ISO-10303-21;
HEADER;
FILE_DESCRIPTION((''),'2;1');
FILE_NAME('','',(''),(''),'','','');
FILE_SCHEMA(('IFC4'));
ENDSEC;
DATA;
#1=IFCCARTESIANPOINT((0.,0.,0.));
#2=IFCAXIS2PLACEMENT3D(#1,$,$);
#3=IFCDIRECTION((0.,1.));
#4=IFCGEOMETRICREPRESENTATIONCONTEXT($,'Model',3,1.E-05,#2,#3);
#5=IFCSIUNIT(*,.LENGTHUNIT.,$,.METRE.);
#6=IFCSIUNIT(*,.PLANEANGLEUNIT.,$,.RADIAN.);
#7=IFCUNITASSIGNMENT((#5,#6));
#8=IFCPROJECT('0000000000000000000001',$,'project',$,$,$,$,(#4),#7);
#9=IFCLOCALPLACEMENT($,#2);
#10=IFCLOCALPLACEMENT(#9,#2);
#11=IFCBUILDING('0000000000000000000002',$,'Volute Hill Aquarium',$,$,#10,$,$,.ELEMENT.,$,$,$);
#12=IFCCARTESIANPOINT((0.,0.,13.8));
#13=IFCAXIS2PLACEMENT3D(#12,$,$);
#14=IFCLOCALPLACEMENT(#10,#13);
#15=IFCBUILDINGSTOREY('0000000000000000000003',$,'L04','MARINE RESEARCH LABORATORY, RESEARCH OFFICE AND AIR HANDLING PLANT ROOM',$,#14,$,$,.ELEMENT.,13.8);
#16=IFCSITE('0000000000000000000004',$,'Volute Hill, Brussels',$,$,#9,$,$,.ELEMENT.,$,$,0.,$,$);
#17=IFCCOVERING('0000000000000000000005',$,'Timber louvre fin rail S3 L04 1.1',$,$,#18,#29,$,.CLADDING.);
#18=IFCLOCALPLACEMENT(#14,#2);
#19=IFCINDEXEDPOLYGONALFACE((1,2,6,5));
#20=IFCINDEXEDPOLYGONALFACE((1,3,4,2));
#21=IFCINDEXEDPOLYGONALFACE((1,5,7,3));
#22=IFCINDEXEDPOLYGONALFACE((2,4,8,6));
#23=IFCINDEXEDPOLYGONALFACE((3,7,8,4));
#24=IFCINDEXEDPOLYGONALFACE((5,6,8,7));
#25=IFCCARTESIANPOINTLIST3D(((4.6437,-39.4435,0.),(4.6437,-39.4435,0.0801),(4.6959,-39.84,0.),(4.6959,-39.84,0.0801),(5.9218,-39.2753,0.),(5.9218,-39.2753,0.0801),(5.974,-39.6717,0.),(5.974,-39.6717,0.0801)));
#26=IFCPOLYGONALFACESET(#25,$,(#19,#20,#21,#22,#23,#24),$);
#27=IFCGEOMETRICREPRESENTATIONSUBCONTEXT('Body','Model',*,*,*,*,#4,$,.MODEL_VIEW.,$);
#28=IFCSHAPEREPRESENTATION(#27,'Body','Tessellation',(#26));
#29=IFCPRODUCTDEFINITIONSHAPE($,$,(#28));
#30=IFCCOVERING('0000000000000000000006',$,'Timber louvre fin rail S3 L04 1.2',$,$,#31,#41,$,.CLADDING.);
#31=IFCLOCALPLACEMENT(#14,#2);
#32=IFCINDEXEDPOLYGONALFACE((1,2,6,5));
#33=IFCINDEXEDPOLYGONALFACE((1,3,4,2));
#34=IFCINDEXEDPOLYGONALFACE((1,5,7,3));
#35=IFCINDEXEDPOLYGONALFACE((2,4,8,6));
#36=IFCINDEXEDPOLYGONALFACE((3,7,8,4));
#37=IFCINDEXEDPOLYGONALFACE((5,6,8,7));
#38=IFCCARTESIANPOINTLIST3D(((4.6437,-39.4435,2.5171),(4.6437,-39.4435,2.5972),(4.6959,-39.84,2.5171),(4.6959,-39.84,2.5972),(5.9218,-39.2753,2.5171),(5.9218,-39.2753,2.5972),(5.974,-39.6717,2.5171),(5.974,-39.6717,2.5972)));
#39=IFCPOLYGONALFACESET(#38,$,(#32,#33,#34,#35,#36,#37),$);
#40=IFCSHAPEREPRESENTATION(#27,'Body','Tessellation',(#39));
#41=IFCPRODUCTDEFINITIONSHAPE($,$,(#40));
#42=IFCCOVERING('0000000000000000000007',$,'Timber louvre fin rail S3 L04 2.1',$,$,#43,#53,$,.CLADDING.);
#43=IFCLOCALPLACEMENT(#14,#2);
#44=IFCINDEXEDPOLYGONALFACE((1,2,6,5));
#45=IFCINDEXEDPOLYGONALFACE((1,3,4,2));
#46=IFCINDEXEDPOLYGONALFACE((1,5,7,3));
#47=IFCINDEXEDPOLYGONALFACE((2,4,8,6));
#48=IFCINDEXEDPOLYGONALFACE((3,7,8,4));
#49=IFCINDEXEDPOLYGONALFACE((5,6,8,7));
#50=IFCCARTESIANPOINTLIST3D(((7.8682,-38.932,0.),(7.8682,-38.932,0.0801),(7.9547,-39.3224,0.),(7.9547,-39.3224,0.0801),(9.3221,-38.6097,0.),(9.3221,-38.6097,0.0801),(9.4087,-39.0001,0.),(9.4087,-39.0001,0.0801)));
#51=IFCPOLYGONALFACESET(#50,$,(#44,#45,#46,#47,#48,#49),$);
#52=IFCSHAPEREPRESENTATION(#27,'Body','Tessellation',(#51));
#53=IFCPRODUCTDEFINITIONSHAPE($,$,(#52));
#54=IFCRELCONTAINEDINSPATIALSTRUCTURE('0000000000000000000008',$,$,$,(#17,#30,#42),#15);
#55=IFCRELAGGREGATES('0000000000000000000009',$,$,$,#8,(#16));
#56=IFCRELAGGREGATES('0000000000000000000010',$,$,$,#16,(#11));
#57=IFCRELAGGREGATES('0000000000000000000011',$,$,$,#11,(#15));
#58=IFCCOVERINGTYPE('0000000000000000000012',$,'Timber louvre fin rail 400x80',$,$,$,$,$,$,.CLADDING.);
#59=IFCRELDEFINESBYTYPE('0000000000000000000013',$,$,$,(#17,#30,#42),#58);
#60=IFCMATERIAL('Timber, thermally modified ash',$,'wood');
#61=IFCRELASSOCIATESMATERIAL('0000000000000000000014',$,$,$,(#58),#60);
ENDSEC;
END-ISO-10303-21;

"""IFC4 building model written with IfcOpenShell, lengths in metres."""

from ifc_helpers import new_model, si_unit, direction, frame, origin, origin_2d, place, context, subcontext, project, spatial, rectangle, extrude, material, type_object, element, save


model = new_model("IFC4")

# Units and contexts
model_context = context("Model", 3, precision=1e-05, world=origin(), true_north=direction((0.0, 1.0)))
body_context = subcontext(model_context, "Body", "Model", "MODEL_VIEW")
ifc_project = project(units=[si_unit("LENGTHUNIT", "METRE"), si_unit("PLANEANGLEUNIT", "RADIAN")], contexts=[model_context])

# Site, building, storey
site_placement = place(None, origin())
site = spatial("IfcSite", under=ifc_project, at=site_placement, Name="Volute Hill, Brussels", CompositionType="ELEMENT", RefElevation=0.0)
building_placement = place(site_placement, origin())
building = spatial("IfcBuilding", under=site, at=building_placement, Name="Volute Hill Aquarium", CompositionType="ELEMENT")
storey_placement = place(building_placement, frame((0.0, 0.0, 13.8)))
storey = spatial("IfcBuildingStorey", under=building, at=storey_placement, Name="L04", Description="MARINE RESEARCH LABORATORY, RESEARCH OFFICE AND AIR HANDLING PLANT ROOM", CompositionType="ELEMENT", Elevation=13.8)

# Coverings
ifc_material_1 = material(Name="Timber, thermally modified ash", Category="wood")
covering_type_1 = type_object("IfcCoveringType", Name="Timber louvre fin rail 400x80", PredefinedType="CLADDING", material=ifc_material_1)
for number, where, z_axis, x_axis, name in (
    (1, (5.3088, -39.5576, 0.0), (0.0, 0.0, 1.0), (0.991447, 0.130511, 0.0), "Timber louvre fin rail S3 L04 1.1"),
    (2, (5.3088, -39.5576, 2.5171), (0.0, 0.0, 1.0), (0.991447, 0.130511, 0.0), "Timber louvre fin rail S3 L04 1.2"),
):
    element("IfcCovering", number, at=place(storey_placement, frame(where, z_axis=z_axis, x_axis=x_axis)), inside=storey, type_object=covering_type_1, Name=name, PredefinedType="CLADDING", context=body_context, shape_type="SweptSolid", body=[
        extrude(rectangle(XDim=1.2891, YDim=0.3999, at=origin_2d()), origin(), (0.0, 0.0, 1.0), 0.0801),
    ])
covering_1_placement = place(storey_placement, frame((8.6384, -38.9661, 0.0), z_axis=(0.0, 0.0, 1.0), x_axis=(0.976297, 0.216435, 0.0)))
element("IfcCovering", 3, at=covering_1_placement, inside=storey, type_object=covering_type_1, Name="Timber louvre fin rail S3 L04 2.1", PredefinedType="CLADDING", context=body_context, shape_type="SweptSolid", body=[
    extrude(rectangle(XDim=1.4893, YDim=0.3999, at=origin_2d()), origin(), (0.0, 0.0, 1.0), 0.0801),
])

save(model, "model.ifc")
